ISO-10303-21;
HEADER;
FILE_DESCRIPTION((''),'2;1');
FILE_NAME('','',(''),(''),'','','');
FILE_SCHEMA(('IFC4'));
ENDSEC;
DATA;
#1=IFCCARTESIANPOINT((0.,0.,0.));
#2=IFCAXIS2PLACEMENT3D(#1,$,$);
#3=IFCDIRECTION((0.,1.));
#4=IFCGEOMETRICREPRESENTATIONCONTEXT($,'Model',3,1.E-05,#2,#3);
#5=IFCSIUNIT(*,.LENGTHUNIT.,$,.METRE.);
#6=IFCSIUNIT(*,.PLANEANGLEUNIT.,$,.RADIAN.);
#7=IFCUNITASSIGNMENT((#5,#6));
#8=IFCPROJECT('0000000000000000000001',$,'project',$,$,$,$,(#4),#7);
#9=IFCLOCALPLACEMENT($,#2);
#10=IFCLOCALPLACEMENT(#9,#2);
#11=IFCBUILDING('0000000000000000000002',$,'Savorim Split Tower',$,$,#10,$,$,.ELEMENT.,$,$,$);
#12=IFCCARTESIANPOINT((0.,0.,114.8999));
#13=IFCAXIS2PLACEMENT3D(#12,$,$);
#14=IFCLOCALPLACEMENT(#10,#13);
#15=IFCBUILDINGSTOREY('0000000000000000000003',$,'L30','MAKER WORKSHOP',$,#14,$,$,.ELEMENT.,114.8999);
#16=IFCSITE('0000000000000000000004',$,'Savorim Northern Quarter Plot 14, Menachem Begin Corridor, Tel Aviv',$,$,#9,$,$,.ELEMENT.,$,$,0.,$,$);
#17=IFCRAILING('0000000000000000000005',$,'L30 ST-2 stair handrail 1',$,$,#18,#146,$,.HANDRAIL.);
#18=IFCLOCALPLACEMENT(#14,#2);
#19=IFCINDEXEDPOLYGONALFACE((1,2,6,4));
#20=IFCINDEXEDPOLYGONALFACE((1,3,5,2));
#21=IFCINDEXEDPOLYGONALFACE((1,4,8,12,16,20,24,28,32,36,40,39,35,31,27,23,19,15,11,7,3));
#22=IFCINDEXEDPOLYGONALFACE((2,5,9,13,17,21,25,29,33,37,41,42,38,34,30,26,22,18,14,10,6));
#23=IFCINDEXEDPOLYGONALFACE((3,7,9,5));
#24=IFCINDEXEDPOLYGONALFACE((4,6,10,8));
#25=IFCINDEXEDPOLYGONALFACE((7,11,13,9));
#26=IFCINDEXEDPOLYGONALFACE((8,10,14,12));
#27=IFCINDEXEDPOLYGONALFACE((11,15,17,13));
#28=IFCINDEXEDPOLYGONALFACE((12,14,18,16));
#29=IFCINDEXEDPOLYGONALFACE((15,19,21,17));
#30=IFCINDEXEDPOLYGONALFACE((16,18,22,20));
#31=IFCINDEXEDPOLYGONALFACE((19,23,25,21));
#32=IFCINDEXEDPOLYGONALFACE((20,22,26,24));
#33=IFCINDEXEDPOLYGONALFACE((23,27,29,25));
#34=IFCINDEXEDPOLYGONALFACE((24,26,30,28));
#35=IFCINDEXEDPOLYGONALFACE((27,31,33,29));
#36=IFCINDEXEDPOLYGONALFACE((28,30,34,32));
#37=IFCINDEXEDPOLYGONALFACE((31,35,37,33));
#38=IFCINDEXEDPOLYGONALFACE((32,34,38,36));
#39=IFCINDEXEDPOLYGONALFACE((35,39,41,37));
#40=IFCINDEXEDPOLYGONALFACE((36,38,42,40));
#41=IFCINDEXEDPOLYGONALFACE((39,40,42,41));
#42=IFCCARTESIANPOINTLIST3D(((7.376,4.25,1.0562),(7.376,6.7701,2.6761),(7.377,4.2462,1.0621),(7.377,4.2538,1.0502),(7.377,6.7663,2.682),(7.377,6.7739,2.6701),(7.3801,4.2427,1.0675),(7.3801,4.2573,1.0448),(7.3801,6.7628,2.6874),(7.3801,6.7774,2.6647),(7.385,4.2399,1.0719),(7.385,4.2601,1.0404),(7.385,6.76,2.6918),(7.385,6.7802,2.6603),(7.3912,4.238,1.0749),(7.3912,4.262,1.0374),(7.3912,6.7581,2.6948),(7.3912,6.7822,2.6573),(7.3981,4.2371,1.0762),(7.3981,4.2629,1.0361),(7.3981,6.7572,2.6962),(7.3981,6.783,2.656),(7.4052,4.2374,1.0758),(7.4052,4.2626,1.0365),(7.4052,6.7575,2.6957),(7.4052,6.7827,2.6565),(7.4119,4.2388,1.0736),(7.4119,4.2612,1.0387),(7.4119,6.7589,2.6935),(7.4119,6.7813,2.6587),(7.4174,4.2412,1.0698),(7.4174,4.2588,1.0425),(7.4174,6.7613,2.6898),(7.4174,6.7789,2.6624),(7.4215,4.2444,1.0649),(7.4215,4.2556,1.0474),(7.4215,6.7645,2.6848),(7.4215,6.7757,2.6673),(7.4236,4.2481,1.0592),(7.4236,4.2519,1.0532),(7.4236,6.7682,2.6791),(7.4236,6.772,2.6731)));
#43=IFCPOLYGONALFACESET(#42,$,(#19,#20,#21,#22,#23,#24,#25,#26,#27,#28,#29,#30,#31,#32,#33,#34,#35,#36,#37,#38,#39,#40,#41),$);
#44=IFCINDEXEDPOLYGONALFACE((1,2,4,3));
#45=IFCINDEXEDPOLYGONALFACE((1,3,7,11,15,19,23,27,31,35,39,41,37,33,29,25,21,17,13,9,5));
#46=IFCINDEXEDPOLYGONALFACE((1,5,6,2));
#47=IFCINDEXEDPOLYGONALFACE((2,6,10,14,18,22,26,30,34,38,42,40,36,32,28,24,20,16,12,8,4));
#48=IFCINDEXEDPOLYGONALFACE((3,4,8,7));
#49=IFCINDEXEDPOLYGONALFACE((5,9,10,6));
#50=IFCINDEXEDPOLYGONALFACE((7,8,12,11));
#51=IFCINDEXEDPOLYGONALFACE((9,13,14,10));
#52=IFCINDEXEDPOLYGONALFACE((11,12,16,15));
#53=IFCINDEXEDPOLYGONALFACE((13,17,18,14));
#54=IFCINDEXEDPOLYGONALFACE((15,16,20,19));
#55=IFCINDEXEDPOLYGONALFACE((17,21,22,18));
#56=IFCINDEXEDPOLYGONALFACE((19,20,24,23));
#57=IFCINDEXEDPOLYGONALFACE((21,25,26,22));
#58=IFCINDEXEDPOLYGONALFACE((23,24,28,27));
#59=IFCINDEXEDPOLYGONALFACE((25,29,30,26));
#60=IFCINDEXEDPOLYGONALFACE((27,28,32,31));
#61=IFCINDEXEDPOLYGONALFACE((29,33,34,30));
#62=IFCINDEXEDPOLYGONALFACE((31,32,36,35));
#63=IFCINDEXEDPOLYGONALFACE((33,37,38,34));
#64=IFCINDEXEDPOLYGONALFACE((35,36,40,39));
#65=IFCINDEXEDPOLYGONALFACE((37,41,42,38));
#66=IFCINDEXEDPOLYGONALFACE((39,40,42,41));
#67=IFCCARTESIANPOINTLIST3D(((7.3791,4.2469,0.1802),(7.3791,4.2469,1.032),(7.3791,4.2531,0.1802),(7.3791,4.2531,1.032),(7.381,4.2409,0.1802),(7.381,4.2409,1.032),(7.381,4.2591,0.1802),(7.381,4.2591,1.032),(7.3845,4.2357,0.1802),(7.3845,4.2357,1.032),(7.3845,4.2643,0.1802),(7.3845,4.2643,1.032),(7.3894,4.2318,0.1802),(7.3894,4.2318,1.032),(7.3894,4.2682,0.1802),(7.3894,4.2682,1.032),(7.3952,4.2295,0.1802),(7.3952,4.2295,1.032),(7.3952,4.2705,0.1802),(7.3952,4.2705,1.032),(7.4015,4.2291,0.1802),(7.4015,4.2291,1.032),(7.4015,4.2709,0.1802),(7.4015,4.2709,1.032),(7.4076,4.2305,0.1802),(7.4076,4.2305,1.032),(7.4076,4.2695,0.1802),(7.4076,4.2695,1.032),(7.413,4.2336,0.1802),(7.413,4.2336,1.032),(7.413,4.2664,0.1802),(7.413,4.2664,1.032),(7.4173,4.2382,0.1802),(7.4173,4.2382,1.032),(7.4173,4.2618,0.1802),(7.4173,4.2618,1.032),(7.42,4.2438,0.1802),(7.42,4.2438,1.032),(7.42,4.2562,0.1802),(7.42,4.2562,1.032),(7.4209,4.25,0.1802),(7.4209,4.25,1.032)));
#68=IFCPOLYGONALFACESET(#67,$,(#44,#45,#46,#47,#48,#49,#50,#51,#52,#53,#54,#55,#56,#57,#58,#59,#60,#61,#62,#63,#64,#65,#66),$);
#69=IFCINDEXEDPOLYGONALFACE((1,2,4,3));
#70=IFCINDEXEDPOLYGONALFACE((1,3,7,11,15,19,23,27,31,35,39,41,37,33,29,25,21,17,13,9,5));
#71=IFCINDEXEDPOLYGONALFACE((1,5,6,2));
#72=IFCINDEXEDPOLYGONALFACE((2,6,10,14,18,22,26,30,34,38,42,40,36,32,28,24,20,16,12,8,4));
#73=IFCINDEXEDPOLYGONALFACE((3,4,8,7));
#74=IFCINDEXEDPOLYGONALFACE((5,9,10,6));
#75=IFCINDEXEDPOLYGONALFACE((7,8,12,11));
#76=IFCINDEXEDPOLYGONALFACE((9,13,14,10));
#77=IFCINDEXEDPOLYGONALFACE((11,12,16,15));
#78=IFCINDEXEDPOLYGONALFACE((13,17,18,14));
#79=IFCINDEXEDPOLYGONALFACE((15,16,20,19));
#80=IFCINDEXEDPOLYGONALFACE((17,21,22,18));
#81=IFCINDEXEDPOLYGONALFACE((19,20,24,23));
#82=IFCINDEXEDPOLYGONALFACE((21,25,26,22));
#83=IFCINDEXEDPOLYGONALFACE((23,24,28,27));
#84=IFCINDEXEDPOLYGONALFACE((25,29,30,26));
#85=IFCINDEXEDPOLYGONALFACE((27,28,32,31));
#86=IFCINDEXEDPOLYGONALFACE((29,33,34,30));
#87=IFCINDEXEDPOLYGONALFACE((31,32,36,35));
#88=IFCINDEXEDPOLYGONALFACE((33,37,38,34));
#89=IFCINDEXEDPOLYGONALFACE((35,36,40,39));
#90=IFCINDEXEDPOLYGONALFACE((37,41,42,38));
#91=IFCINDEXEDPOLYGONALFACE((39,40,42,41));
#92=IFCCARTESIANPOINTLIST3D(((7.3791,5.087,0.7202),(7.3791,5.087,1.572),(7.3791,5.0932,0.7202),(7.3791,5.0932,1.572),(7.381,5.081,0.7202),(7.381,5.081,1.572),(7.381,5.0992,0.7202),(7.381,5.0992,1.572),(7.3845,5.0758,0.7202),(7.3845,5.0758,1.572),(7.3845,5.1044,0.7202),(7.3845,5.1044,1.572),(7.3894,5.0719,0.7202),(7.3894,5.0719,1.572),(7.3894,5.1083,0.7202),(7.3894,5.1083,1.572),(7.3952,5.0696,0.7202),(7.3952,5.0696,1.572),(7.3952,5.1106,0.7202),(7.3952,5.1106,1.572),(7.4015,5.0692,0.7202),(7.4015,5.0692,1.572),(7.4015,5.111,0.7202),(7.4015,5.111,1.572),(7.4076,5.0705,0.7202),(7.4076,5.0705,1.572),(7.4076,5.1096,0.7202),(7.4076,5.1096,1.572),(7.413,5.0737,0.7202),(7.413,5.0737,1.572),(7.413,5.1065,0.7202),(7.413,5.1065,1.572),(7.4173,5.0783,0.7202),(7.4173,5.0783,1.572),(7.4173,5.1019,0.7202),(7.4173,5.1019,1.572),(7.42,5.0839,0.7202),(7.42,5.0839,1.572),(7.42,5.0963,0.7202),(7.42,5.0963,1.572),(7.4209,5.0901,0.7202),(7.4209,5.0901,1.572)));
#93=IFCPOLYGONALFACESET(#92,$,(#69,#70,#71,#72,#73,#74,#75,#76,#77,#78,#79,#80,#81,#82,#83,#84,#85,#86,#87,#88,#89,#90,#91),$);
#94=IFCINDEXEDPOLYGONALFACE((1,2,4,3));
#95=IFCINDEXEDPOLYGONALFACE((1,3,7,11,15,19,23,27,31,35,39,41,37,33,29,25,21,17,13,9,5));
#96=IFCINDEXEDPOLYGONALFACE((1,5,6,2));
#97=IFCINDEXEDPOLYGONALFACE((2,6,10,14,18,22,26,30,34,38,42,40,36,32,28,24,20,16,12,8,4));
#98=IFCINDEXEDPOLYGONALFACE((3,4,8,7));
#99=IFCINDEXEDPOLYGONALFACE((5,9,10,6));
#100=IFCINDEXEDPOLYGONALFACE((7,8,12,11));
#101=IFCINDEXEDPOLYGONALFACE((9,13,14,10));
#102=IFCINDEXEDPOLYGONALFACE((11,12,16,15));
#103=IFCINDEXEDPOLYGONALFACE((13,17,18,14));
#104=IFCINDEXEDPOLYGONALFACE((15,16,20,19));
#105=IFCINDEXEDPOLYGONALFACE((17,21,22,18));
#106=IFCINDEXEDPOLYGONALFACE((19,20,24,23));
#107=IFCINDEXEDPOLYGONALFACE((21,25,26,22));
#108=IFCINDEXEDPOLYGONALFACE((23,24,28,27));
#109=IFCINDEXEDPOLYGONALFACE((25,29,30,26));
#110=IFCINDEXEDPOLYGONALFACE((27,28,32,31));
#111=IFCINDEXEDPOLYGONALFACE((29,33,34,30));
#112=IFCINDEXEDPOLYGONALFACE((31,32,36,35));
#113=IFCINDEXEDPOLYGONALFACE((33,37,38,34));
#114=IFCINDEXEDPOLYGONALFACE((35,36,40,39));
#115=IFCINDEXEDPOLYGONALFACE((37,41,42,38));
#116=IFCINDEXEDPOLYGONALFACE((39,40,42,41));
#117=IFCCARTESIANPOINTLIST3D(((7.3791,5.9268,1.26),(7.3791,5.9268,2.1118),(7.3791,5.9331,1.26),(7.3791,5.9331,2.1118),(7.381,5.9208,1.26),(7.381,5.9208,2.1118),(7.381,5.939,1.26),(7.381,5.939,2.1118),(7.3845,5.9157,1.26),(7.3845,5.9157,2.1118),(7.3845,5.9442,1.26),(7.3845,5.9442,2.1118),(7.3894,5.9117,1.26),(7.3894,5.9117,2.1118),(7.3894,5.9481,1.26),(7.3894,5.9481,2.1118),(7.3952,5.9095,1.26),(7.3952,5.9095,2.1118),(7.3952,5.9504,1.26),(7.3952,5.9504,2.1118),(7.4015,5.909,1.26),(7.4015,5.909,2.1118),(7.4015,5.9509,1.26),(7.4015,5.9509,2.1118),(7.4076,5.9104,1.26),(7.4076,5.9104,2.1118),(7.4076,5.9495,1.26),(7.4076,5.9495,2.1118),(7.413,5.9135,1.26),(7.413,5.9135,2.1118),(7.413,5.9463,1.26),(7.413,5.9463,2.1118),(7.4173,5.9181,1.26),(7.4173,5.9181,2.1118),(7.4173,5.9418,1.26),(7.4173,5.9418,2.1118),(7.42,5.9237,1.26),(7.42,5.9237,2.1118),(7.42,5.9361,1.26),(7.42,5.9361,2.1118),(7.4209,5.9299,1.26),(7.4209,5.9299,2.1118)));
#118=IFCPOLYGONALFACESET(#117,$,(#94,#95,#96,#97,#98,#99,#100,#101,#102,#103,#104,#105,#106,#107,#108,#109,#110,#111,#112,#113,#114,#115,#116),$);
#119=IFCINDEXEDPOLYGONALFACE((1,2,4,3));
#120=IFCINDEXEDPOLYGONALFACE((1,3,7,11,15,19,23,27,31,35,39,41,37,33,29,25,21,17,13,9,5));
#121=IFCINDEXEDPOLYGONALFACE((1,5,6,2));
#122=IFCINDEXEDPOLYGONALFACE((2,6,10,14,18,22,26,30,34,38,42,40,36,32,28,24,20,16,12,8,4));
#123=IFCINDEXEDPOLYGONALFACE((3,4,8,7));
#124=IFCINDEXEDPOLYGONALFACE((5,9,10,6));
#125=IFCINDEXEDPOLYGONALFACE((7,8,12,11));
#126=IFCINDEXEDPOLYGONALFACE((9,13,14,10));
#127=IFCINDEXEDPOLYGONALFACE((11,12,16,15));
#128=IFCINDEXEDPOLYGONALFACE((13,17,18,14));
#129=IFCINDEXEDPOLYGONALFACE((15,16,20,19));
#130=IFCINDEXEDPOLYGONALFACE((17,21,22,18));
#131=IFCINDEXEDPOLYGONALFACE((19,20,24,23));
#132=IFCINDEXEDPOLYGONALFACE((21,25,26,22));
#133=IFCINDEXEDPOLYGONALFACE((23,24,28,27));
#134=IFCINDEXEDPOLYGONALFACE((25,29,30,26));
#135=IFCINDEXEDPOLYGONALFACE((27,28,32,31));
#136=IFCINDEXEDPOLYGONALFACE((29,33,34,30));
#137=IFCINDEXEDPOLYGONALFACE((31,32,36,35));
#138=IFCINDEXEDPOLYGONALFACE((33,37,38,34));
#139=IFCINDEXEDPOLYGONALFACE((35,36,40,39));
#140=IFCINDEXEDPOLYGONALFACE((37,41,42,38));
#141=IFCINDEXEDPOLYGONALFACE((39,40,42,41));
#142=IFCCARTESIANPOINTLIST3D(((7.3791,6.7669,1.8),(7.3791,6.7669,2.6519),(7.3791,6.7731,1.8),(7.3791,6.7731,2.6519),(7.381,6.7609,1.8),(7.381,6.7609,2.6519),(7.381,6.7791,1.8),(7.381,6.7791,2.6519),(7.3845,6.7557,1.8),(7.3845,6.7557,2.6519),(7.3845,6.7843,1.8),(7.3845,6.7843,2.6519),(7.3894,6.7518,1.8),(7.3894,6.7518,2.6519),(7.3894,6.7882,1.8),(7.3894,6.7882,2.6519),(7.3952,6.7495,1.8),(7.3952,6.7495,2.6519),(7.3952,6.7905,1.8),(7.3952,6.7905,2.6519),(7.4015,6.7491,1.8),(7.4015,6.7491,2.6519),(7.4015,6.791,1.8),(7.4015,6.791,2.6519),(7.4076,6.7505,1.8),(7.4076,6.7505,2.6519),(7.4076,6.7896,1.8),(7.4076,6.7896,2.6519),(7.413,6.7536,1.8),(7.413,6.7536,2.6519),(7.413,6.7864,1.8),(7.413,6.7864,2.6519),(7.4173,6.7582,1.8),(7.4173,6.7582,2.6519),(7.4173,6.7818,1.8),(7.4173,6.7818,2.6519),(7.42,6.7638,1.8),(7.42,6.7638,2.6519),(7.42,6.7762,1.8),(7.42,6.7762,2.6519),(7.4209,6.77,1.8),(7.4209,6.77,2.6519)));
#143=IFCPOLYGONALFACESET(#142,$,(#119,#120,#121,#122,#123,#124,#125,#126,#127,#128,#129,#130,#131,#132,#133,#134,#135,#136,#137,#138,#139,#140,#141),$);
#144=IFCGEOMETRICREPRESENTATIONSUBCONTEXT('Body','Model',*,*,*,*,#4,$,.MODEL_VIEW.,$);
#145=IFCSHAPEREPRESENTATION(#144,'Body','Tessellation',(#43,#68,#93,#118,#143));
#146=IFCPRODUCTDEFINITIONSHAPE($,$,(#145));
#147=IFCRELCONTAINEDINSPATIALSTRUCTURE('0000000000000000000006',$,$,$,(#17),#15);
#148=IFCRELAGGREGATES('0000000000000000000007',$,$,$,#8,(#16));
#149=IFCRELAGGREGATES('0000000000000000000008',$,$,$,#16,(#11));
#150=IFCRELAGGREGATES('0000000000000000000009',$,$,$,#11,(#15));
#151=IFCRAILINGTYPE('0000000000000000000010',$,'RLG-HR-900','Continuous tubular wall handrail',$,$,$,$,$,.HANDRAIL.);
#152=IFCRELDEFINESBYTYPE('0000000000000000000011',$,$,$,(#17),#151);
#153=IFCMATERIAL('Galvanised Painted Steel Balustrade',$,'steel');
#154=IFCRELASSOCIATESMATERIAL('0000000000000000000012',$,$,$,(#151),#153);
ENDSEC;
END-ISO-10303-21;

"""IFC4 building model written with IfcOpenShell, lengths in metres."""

from ifc_helpers import new_model, si_unit, direction, frame, origin, origin_2d, place, context, subcontext, project, spatial, circle, extrude, material, type_object, element, save


model = new_model("IFC4")

# Units and contexts
model_context = context("Model", 3, precision=1e-05, world=origin(), true_north=direction((0.0, 1.0)))
body_context = subcontext(model_context, "Body", "Model", "MODEL_VIEW")
ifc_project = project(units=[si_unit("LENGTHUNIT", "METRE"), si_unit("PLANEANGLEUNIT", "RADIAN")], contexts=[model_context])

# Site, building, storey
site_placement = place(None, origin())
site = spatial("IfcSite", under=ifc_project, at=site_placement, Name="Savorim Northern Quarter Plot 14, Menachem Begin Corridor, Tel Aviv", CompositionType="ELEMENT", RefElevation=0.0)
building_placement = place(site_placement, origin())
building = spatial("IfcBuilding", under=site, at=building_placement, Name="Savorim Split Tower", CompositionType="ELEMENT")
storey_placement = place(building_placement, frame((0.0, 0.0, 114.8999)))
storey = spatial("IfcBuildingStorey", under=building, at=storey_placement, Name="L30", Description="MAKER WORKSHOP", CompositionType="ELEMENT", Elevation=114.8999)

# Railing
ifc_material_1 = material(Name="Galvanised Painted Steel Balustrade", Category="steel")
railing_type_1 = type_object("IfcRailingType", Name="RLG-HR-900", Description="Continuous tubular wall handrail", PredefinedType="HANDRAIL", material=ifc_material_1)
railing_1_placement = place(storey_placement, frame((7.3999, 4.25, 0.1802)))
element("IfcRailing", 1, at=railing_1_placement, inside=storey, type_object=railing_type_1, Name="L30 ST-2 stair handrail 1", PredefinedType="HANDRAIL", context=body_context, shape_type="SweptSolid", body=[
    extrude(circle(Radius=0.0239, at=origin_2d()), frame((0.0, 0.0, 0.876), z_axis=(0.0, 0.8412, 0.540725), x_axis=(-1.0, 0.0, 0.0)), (0.0, 0.0, 1.0), 2.9958),
    extrude(circle(Radius=0.021, at=origin_2d()), origin(), (0.0, 0.0, 1.0), 0.8518),
    extrude(circle(Radius=0.021, at=origin_2d()), frame((0.0, 0.8401, 0.54)), (0.0, 0.0, 1.0), 0.8518),
    extrude(circle(Radius=0.021, at=origin_2d()), frame((0.0, 1.6799, 1.0798)), (0.0, 0.0, 1.0), 0.8518),
    extrude(circle(Radius=0.021, at=origin_2d()), frame((0.0, 2.52, 1.6199)), (0.0, 0.0, 1.0), 0.8518),
])

save(model, "model.ifc")
